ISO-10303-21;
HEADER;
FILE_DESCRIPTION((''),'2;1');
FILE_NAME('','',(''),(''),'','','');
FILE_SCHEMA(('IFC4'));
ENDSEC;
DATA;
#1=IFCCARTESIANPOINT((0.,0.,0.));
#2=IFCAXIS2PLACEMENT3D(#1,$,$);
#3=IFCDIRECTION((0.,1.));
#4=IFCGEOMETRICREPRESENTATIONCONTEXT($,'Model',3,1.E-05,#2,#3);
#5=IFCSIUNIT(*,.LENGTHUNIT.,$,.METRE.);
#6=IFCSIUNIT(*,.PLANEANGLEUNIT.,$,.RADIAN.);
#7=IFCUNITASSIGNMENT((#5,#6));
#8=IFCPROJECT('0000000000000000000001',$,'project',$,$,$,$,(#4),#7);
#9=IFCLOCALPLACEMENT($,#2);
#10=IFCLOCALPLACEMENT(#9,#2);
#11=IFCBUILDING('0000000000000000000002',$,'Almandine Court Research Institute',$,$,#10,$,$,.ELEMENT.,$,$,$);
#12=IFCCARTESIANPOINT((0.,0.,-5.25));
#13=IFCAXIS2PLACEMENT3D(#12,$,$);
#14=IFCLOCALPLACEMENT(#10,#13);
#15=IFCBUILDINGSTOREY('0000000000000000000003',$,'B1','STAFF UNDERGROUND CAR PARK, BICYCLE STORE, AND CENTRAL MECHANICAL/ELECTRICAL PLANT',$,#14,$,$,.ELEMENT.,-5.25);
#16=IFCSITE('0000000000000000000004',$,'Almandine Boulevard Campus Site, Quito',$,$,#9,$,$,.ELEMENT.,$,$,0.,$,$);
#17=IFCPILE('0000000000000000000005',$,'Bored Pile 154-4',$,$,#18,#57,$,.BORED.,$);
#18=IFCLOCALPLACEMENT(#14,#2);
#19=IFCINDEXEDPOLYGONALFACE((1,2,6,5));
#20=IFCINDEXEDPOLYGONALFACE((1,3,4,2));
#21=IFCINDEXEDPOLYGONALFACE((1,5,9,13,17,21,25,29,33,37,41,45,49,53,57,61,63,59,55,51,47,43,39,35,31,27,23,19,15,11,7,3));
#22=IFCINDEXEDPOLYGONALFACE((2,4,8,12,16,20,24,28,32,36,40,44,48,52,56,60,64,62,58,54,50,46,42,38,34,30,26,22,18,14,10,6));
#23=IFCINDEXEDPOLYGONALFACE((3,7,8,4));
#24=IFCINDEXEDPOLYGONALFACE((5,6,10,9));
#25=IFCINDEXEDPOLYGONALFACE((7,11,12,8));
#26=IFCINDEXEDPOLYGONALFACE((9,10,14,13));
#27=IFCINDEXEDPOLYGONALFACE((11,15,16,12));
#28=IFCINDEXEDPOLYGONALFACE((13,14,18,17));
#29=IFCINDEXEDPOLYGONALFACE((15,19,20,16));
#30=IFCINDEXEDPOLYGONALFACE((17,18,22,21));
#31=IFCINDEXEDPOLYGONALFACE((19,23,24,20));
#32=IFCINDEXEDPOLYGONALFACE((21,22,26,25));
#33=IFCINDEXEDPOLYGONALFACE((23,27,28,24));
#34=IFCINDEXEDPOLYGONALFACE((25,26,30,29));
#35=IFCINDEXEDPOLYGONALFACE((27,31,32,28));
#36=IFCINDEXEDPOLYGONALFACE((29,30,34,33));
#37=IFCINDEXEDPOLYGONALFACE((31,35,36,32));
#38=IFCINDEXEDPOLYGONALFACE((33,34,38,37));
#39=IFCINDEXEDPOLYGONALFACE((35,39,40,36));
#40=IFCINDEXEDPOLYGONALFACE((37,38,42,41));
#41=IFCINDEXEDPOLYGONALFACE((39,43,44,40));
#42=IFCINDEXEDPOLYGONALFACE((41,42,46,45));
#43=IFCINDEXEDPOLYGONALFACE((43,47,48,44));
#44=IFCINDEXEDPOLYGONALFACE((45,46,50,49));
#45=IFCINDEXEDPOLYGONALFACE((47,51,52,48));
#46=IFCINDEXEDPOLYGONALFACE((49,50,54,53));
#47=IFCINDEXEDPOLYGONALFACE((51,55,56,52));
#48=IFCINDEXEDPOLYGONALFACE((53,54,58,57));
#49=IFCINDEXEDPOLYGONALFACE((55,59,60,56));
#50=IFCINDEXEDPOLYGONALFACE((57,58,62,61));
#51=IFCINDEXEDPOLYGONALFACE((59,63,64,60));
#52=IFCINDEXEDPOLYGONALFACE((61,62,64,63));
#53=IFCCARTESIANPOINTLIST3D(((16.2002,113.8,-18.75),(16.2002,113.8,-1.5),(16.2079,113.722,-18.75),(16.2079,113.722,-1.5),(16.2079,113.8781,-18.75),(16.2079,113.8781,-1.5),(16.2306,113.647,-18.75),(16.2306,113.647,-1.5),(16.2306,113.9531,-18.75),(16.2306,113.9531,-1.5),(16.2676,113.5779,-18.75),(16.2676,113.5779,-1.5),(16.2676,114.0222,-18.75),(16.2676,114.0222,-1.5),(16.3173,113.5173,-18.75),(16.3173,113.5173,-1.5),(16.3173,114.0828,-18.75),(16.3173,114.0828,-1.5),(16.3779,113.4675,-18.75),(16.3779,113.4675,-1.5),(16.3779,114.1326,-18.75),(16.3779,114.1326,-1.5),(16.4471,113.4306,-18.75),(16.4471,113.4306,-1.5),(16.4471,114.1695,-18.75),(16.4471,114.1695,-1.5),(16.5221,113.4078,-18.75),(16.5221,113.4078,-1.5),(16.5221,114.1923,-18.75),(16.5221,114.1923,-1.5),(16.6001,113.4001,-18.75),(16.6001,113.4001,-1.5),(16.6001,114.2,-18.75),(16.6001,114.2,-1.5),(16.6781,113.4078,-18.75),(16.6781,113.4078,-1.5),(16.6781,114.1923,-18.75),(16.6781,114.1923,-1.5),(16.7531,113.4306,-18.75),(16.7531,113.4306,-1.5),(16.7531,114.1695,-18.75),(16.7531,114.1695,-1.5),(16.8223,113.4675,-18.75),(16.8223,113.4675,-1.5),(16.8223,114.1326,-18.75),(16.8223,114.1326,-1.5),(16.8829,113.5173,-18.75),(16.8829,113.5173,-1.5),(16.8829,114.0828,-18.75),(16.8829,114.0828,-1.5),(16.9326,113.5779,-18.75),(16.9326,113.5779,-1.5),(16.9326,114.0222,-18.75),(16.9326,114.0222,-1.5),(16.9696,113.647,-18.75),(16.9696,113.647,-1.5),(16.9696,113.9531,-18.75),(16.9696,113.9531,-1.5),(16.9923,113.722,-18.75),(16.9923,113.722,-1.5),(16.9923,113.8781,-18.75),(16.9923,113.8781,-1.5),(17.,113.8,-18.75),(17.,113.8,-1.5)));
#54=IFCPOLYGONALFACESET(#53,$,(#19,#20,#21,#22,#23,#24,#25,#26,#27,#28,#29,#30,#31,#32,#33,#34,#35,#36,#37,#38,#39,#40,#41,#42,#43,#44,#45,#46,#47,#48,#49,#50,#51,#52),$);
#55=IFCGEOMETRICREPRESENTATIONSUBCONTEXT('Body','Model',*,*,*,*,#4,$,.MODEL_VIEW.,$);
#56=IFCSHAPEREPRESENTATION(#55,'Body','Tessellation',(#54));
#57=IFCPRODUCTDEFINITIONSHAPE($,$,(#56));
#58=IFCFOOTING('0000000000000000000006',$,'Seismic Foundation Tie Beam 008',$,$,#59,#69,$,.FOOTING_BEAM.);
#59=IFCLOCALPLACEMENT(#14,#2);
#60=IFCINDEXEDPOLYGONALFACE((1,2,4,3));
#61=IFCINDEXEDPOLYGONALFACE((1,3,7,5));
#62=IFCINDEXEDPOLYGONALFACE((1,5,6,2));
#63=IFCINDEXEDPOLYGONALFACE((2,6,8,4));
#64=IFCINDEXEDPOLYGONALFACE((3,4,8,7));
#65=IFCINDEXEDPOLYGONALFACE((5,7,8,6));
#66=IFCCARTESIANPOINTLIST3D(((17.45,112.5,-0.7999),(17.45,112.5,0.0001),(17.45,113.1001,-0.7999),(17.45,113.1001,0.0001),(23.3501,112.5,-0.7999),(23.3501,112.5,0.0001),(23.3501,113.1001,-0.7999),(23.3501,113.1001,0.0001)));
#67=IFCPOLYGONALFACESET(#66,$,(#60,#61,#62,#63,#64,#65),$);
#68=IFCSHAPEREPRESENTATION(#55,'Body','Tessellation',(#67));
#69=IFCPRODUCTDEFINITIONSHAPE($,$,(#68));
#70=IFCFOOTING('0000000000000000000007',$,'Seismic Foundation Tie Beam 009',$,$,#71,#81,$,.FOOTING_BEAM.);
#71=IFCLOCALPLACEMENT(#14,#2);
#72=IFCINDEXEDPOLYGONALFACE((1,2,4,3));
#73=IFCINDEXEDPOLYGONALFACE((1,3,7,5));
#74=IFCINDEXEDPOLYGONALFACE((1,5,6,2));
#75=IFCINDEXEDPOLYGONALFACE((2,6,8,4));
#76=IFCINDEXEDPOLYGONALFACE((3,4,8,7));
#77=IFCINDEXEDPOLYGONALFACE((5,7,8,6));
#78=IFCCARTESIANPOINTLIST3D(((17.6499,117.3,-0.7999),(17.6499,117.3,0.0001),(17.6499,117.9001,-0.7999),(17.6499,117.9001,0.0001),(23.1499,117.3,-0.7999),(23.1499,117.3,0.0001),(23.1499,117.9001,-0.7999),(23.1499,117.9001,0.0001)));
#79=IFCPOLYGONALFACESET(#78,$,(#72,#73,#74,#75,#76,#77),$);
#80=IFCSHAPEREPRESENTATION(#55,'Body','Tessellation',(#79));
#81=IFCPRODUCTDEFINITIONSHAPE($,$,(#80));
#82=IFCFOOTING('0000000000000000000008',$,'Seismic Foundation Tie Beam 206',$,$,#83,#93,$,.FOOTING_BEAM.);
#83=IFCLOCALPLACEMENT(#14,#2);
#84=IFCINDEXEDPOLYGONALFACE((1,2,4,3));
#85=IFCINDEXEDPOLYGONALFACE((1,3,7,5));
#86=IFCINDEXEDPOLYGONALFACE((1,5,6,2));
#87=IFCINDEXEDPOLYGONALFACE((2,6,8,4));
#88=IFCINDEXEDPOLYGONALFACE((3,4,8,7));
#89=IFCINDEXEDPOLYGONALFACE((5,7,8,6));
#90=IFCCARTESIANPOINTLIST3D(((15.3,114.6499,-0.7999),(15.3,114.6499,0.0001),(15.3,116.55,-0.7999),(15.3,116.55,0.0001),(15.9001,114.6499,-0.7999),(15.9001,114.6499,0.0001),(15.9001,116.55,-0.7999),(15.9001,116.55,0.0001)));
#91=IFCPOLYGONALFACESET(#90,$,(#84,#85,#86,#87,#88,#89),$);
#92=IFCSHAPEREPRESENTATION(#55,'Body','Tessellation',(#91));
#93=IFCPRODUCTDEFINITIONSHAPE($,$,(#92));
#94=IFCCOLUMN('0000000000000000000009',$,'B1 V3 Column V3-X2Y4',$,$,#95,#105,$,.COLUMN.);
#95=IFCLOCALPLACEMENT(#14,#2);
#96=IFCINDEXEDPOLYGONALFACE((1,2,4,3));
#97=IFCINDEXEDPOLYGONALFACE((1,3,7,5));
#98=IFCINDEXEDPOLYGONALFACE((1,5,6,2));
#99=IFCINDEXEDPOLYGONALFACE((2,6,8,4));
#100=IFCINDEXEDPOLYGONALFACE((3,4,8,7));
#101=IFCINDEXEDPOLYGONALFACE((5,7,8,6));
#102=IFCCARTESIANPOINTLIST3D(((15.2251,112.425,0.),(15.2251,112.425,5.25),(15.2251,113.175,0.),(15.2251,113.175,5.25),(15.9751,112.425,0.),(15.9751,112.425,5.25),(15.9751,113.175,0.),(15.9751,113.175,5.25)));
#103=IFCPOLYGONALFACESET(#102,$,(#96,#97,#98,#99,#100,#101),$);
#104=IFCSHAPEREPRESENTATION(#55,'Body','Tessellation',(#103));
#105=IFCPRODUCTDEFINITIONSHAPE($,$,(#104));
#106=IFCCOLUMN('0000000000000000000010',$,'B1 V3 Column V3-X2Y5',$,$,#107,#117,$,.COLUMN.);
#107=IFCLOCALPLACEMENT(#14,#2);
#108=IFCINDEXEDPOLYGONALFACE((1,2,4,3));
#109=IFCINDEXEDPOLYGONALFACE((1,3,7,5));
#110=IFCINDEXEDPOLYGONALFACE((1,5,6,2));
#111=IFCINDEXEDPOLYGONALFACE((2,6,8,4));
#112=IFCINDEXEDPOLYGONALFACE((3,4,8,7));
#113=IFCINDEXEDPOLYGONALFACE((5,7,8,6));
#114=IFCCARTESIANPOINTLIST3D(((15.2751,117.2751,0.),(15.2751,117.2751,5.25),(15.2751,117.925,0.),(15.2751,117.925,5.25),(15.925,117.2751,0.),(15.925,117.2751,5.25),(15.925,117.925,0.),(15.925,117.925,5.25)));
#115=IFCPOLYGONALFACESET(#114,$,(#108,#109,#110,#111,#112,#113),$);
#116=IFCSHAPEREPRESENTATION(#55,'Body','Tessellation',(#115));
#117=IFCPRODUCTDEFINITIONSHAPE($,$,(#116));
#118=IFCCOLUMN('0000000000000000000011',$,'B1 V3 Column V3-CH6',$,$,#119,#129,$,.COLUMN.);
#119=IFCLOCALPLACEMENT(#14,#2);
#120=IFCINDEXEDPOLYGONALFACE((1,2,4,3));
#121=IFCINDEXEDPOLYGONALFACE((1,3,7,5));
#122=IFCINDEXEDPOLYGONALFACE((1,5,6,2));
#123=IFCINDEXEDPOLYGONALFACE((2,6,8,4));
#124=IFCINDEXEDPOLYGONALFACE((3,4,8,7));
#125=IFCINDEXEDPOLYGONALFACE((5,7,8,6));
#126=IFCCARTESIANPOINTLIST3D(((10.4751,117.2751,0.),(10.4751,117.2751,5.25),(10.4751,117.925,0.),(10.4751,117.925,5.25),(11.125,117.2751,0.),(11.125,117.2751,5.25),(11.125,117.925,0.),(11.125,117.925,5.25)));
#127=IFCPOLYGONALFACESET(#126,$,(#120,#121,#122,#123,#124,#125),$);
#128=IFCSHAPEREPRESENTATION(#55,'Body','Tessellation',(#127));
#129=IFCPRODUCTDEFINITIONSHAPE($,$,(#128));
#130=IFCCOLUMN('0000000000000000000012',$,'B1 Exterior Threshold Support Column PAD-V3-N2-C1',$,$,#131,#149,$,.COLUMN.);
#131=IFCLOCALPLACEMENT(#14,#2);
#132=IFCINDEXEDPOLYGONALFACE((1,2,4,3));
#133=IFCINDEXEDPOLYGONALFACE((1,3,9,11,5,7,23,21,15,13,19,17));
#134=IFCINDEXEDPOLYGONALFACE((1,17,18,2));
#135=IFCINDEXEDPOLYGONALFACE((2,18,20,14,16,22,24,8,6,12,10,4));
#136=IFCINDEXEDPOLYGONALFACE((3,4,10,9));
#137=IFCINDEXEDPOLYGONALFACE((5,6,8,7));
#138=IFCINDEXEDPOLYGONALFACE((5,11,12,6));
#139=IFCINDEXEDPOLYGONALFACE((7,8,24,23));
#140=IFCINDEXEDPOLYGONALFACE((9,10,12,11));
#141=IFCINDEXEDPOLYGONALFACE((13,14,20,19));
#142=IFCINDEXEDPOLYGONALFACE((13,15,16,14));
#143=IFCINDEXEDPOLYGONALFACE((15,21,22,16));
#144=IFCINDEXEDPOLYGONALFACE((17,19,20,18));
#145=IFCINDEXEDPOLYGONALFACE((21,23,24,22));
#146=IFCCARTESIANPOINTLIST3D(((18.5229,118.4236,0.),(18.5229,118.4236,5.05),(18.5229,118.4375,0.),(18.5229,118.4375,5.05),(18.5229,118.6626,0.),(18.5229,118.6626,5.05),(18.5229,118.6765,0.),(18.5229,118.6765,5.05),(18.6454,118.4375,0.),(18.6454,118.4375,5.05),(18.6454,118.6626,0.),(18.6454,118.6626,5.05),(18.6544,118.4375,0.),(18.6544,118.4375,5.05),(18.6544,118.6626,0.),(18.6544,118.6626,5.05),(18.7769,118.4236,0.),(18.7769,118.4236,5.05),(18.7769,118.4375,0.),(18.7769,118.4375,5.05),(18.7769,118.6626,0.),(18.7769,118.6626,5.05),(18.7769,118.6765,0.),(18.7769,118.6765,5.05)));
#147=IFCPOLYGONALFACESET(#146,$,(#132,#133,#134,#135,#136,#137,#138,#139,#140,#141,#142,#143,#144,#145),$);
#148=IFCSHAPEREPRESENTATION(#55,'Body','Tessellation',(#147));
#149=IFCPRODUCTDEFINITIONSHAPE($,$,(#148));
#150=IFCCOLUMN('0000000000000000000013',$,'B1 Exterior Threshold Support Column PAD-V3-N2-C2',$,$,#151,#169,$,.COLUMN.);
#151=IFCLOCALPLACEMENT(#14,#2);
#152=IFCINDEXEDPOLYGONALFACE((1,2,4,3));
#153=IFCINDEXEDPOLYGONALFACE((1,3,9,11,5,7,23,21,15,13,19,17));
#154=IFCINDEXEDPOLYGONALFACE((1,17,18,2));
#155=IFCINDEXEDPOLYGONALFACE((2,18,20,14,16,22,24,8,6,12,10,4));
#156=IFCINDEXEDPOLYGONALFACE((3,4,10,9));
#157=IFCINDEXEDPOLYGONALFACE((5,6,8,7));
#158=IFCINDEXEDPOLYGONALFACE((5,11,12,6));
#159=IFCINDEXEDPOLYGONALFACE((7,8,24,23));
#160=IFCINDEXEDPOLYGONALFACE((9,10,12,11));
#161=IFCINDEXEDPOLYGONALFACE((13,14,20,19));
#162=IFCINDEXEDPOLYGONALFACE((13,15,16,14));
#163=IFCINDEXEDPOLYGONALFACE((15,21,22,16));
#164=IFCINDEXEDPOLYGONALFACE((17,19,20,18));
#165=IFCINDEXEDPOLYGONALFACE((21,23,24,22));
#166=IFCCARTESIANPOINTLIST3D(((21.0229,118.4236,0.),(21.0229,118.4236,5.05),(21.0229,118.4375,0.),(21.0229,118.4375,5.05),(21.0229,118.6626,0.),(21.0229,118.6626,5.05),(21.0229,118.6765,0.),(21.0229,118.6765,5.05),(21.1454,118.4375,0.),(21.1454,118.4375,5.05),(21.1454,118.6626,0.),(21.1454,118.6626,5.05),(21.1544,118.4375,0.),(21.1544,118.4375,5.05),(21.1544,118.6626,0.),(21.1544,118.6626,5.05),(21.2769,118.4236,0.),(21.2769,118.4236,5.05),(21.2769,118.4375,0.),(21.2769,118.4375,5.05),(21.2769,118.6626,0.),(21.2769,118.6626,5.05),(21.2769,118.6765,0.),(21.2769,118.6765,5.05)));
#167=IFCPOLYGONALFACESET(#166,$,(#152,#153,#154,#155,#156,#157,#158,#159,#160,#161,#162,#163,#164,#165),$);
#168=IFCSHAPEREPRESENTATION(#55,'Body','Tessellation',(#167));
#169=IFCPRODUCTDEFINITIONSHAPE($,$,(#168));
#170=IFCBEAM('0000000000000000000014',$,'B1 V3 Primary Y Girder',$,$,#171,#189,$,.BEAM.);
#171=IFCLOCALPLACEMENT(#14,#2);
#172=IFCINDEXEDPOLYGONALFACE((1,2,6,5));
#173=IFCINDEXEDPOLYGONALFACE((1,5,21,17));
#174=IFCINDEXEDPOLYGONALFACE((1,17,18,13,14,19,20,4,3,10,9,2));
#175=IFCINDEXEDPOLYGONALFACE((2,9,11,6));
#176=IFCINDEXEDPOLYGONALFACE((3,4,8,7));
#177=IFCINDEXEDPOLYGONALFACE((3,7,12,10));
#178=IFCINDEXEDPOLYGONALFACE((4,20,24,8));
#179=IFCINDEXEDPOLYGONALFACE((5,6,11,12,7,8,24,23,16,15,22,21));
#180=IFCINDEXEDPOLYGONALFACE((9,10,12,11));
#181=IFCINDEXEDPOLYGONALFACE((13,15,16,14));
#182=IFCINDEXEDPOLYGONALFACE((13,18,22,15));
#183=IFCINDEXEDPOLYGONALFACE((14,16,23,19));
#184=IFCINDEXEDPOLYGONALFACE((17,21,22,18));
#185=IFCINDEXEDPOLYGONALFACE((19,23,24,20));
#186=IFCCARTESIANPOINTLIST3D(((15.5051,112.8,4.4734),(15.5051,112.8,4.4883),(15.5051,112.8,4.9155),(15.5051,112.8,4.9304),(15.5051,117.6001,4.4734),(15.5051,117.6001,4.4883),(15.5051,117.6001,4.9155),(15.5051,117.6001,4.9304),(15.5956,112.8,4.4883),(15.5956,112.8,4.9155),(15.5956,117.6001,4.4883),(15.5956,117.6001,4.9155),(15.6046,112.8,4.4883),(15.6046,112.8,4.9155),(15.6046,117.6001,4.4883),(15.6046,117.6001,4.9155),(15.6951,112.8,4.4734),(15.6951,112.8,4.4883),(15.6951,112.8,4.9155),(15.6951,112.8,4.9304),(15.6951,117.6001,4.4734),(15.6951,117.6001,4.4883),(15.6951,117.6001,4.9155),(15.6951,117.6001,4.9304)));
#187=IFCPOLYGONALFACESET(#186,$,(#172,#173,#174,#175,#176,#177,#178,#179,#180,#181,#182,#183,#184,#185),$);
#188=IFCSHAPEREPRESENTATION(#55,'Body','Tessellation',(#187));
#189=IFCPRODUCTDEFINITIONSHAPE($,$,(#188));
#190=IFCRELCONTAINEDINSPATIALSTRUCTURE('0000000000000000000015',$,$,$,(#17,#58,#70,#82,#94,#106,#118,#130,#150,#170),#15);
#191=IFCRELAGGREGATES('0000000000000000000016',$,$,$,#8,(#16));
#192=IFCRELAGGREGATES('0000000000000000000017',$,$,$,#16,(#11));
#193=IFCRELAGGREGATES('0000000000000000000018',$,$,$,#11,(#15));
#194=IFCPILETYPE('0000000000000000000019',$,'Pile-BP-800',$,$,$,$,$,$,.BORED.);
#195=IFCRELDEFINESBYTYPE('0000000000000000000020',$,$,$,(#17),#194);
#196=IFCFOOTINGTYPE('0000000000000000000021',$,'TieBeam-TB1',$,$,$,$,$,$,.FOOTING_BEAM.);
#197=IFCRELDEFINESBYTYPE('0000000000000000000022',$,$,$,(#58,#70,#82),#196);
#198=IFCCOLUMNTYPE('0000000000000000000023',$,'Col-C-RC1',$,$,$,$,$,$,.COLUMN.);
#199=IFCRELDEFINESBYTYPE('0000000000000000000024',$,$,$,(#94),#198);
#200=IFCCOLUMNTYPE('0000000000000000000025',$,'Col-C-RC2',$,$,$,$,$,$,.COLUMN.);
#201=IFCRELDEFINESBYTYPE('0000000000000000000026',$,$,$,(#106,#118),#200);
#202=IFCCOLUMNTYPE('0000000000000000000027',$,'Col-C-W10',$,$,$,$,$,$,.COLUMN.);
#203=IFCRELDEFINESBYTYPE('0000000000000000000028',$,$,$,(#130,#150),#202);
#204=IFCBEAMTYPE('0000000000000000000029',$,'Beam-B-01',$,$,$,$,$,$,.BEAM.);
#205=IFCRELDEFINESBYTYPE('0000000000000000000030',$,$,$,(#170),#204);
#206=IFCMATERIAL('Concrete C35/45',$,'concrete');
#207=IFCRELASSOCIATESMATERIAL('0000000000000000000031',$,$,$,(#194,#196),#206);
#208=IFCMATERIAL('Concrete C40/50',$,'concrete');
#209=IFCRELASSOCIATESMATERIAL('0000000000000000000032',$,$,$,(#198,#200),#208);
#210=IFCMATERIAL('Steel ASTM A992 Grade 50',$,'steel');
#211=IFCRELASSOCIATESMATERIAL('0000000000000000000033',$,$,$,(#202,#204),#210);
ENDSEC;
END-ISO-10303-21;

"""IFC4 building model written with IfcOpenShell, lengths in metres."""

from ifc_helpers import new_model, si_unit, direction, frame, origin, origin_2d, place, context, subcontext, project, spatial, rectangle, circle, i_section, extrude, material, material_profile, profile_set, type_object, element, save


model = new_model("IFC4")

# Units and contexts
model_context = context("Model", 3, precision=1e-05, world=origin(), true_north=direction((0.0, 1.0)))
body_context = subcontext(model_context, "Body", "Model", "MODEL_VIEW")
ifc_project = project(units=[si_unit("LENGTHUNIT", "METRE"), si_unit("PLANEANGLEUNIT", "RADIAN")], contexts=[model_context])

# Site, building, storey
site_placement = place(None, origin())
site = spatial("IfcSite", under=ifc_project, at=site_placement, Name="Almandine Boulevard Campus Site, Quito", CompositionType="ELEMENT", RefElevation=0.0)
building_placement = place(site_placement, origin())
building = spatial("IfcBuilding", under=site, at=building_placement, Name="Almandine Court Research Institute", CompositionType="ELEMENT")
storey_placement = place(building_placement, frame((0.0, 0.0, -5.25)))
storey = spatial("IfcBuildingStorey", under=building, at=storey_placement, Name="B1", Description="STAFF UNDERGROUND CAR PARK, BICYCLE STORE, AND CENTRAL MECHANICAL/ELECTRICAL PLANT", CompositionType="ELEMENT", Elevation=-5.25)

# Shared definitions
ifc_material_1 = material(Name="Concrete C35/45", Category="concrete")

# Pile
ifc_material_profile_1 = material_profile(ifc_material_1, circle(Radius=0.3999, at=origin_2d()), Name="BORED PILE D800")
ifc_profile_set_1 = profile_set([ifc_material_profile_1], Name="Concrete C35/45")
pile_type_1 = type_object("IfcPileType", Name="Pile-BP-800", PredefinedType="BORED", material=ifc_profile_set_1)
for number, where, z_axis, x_axis, name in (
    (1, (16.6001, 113.8, -1.5), (0.0, 0.0, -1.0), (1.0, 0.0, 0.0), "Bored Pile 154-4"),
):
    element("IfcPile", number, at=place(storey_placement, frame(where, z_axis=z_axis, x_axis=x_axis)), inside=storey, type_object=pile_type_1, Name=name, PredefinedType="BORED", context=body_context, shape_type="SweptSolid", body=[
        extrude(circle(Radius=0.3999, at=origin_2d()), origin(), (0.0, 0.0, 1.0), 17.25),
    ])

# Footings
ifc_material_profile_2 = material_profile(ifc_material_1, rectangle(XDim=0.6001, YDim=0.8, at=origin_2d()), Name="RC TIE 600x800")
ifc_profile_set_2 = profile_set([ifc_material_profile_2], Name="Concrete C35/45")
footing_type_1 = type_object("IfcFootingType", Name="TieBeam-TB1", PredefinedType="FOOTING_BEAM", material=ifc_profile_set_2)
footing_1_placement = place(storey_placement, frame((17.45, 112.8, -0.3999), z_axis=(1.0, 0.0, 0.0), x_axis=(0.0, 1.0, 0.0)))
element("IfcFooting", 2, at=footing_1_placement, inside=storey, type_object=footing_type_1, Name="Seismic Foundation Tie Beam 008", PredefinedType="FOOTING_BEAM", context=body_context, shape_type="SweptSolid", body=[
    extrude(rectangle(XDim=0.6001, YDim=0.8, at=origin_2d()), origin(), (0.0, 0.0, 1.0), 5.9001),
])
footing_2_placement = place(storey_placement, frame((17.6499, 117.6001, -0.3999), z_axis=(1.0, 0.0, 0.0), x_axis=(0.0, 1.0, 0.0)))
element("IfcFooting", 3, at=footing_2_placement, inside=storey, type_object=footing_type_1, Name="Seismic Foundation Tie Beam 009", PredefinedType="FOOTING_BEAM", context=body_context, shape_type="SweptSolid", body=[
    extrude(rectangle(XDim=0.6001, YDim=0.8, at=origin_2d()), origin(), (0.0, 0.0, 1.0), 5.5),
])
footing_3_placement = place(storey_placement, frame((15.6001, 114.6499, -0.3999), z_axis=(0.0, 1.0, 0.0), x_axis=(-1.0, 0.0, 0.0)))
element("IfcFooting", 4, at=footing_3_placement, inside=storey, type_object=footing_type_1, Name="Seismic Foundation Tie Beam 206", PredefinedType="FOOTING_BEAM", context=body_context, shape_type="SweptSolid", body=[
    extrude(rectangle(XDim=0.6001, YDim=0.8, at=origin_2d()), origin(), (0.0, 0.0, 1.0), 1.9001),
])

# Columns
ifc_material_2 = material(Name="Concrete C40/50", Category="concrete")
ifc_material_profile_3 = material_profile(ifc_material_2, rectangle(XDim=0.75, YDim=0.75, at=origin_2d()), Name="RC 750x750")
ifc_profile_set_3 = profile_set([ifc_material_profile_3], Name="Concrete C40/50")
column_type_1 = type_object("IfcColumnType", Name="Col-C-RC1", PredefinedType="COLUMN", material=ifc_profile_set_3)
column_placement = place(storey_placement, frame((15.6001, 112.8, 0.0), z_axis=(0.0, 0.0, 1.0), x_axis=(1.0, 0.0, 0.0)))
element("IfcColumn", 5, at=column_placement, inside=storey, type_object=column_type_1, Name="B1 V3 Column V3-X2Y4", PredefinedType="COLUMN", context=body_context, shape_type="SweptSolid", body=[
    extrude(rectangle(XDim=0.75, YDim=0.75, at=origin_2d()), origin(), (0.0, 0.0, 1.0), 5.25),
])
ifc_material_profile_4 = material_profile(ifc_material_2, rectangle(XDim=0.6499, YDim=0.6499, at=origin_2d()), Name="RC 650x650")
ifc_profile_set_4 = profile_set([ifc_material_profile_4], Name="Concrete C40/50")
column_type_2 = type_object("IfcColumnType", Name="Col-C-RC2", PredefinedType="COLUMN", material=ifc_profile_set_4)
for number, where, z_axis, x_axis, name in (
    (6, (15.6001, 117.6001, 0.0), (0.0, 0.0, 1.0), (1.0, 0.0, 0.0), "B1 V3 Column V3-X2Y5"),
    (7, (10.8, 117.6001, 0.0), (0.0, 0.0, 1.0), (1.0, 0.0, 0.0), "B1 V3 Column V3-CH6"),
):
    element("IfcColumn", number, at=place(storey_placement, frame(where, z_axis=z_axis, x_axis=x_axis)), inside=storey, type_object=column_type_2, Name=name, PredefinedType="COLUMN", context=body_context, shape_type="SweptSolid", body=[
        extrude(rectangle(XDim=0.6499, YDim=0.6499, at=origin_2d()), origin(), (0.0, 0.0, 1.0), 5.25),
    ])
ifc_material_3 = material(Name="Steel ASTM A992 Grade 50", Category="steel")
ifc_material_profile_5 = material_profile(ifc_material_3, i_section(OverallWidth=0.2539, OverallDepth=0.2529, WebThickness=0.009, FlangeThickness=0.0139, at=origin_2d()), Name="W250x73")
ifc_profile_set_5 = profile_set([ifc_material_profile_5], Name="Steel ASTM A992 Grade 50")
column_type_3 = type_object("IfcColumnType", Name="Col-C-W10", PredefinedType="COLUMN", material=ifc_profile_set_5)
for number, where, z_axis, x_axis, name in (
    (8, (18.6499, 118.55, 0.0), (0.0, 0.0, 1.0), (1.0, 0.0, 0.0), "B1 Exterior Threshold Support Column PAD-V3-N2-C1"),
    (9, (21.1499, 118.55, 0.0), (0.0, 0.0, 1.0), (1.0, 0.0, 0.0), "B1 Exterior Threshold Support Column PAD-V3-N2-C2"),
):
    element("IfcColumn", number, at=place(storey_placement, frame(where, z_axis=z_axis, x_axis=x_axis)), inside=storey, type_object=column_type_3, Name=name, PredefinedType="COLUMN", context=body_context, shape_type="SweptSolid", body=[
        extrude(i_section(OverallWidth=0.2539, OverallDepth=0.2529, WebThickness=0.009, FlangeThickness=0.0139, at=origin_2d()), origin(), (0.0, 0.0, 1.0), 5.05),
    ])

# Beam
ifc_material_profile_6 = material_profile(ifc_material_3, i_section(OverallWidth=0.1899, OverallDepth=0.457, WebThickness=0.009, FlangeThickness=0.0149, at=origin_2d()), Name="W460x74")
ifc_profile_set_6 = profile_set([ifc_material_profile_6], Name="Steel ASTM A992 Grade 50")
beam_type_1 = type_object("IfcBeamType", Name="Beam-B-01", PredefinedType="BEAM", material=ifc_profile_set_6)
beam_1_placement = place(storey_placement, frame((15.6001, 112.8, 4.7019), z_axis=(0.0, 1.0, 0.0), x_axis=(-1.0, 0.0, 0.0)))
element("IfcBeam", 10, at=beam_1_placement, inside=storey, type_object=beam_type_1, Name="B1 V3 Primary Y Girder", PredefinedType="BEAM", context=body_context, shape_type="SweptSolid", body=[
    extrude(i_section(OverallWidth=0.1899, OverallDepth=0.457, WebThickness=0.009, FlangeThickness=0.0149, at=origin_2d()), origin(), (0.0, 0.0, 1.0), 4.8),
])

save(model, "model.ifc")
